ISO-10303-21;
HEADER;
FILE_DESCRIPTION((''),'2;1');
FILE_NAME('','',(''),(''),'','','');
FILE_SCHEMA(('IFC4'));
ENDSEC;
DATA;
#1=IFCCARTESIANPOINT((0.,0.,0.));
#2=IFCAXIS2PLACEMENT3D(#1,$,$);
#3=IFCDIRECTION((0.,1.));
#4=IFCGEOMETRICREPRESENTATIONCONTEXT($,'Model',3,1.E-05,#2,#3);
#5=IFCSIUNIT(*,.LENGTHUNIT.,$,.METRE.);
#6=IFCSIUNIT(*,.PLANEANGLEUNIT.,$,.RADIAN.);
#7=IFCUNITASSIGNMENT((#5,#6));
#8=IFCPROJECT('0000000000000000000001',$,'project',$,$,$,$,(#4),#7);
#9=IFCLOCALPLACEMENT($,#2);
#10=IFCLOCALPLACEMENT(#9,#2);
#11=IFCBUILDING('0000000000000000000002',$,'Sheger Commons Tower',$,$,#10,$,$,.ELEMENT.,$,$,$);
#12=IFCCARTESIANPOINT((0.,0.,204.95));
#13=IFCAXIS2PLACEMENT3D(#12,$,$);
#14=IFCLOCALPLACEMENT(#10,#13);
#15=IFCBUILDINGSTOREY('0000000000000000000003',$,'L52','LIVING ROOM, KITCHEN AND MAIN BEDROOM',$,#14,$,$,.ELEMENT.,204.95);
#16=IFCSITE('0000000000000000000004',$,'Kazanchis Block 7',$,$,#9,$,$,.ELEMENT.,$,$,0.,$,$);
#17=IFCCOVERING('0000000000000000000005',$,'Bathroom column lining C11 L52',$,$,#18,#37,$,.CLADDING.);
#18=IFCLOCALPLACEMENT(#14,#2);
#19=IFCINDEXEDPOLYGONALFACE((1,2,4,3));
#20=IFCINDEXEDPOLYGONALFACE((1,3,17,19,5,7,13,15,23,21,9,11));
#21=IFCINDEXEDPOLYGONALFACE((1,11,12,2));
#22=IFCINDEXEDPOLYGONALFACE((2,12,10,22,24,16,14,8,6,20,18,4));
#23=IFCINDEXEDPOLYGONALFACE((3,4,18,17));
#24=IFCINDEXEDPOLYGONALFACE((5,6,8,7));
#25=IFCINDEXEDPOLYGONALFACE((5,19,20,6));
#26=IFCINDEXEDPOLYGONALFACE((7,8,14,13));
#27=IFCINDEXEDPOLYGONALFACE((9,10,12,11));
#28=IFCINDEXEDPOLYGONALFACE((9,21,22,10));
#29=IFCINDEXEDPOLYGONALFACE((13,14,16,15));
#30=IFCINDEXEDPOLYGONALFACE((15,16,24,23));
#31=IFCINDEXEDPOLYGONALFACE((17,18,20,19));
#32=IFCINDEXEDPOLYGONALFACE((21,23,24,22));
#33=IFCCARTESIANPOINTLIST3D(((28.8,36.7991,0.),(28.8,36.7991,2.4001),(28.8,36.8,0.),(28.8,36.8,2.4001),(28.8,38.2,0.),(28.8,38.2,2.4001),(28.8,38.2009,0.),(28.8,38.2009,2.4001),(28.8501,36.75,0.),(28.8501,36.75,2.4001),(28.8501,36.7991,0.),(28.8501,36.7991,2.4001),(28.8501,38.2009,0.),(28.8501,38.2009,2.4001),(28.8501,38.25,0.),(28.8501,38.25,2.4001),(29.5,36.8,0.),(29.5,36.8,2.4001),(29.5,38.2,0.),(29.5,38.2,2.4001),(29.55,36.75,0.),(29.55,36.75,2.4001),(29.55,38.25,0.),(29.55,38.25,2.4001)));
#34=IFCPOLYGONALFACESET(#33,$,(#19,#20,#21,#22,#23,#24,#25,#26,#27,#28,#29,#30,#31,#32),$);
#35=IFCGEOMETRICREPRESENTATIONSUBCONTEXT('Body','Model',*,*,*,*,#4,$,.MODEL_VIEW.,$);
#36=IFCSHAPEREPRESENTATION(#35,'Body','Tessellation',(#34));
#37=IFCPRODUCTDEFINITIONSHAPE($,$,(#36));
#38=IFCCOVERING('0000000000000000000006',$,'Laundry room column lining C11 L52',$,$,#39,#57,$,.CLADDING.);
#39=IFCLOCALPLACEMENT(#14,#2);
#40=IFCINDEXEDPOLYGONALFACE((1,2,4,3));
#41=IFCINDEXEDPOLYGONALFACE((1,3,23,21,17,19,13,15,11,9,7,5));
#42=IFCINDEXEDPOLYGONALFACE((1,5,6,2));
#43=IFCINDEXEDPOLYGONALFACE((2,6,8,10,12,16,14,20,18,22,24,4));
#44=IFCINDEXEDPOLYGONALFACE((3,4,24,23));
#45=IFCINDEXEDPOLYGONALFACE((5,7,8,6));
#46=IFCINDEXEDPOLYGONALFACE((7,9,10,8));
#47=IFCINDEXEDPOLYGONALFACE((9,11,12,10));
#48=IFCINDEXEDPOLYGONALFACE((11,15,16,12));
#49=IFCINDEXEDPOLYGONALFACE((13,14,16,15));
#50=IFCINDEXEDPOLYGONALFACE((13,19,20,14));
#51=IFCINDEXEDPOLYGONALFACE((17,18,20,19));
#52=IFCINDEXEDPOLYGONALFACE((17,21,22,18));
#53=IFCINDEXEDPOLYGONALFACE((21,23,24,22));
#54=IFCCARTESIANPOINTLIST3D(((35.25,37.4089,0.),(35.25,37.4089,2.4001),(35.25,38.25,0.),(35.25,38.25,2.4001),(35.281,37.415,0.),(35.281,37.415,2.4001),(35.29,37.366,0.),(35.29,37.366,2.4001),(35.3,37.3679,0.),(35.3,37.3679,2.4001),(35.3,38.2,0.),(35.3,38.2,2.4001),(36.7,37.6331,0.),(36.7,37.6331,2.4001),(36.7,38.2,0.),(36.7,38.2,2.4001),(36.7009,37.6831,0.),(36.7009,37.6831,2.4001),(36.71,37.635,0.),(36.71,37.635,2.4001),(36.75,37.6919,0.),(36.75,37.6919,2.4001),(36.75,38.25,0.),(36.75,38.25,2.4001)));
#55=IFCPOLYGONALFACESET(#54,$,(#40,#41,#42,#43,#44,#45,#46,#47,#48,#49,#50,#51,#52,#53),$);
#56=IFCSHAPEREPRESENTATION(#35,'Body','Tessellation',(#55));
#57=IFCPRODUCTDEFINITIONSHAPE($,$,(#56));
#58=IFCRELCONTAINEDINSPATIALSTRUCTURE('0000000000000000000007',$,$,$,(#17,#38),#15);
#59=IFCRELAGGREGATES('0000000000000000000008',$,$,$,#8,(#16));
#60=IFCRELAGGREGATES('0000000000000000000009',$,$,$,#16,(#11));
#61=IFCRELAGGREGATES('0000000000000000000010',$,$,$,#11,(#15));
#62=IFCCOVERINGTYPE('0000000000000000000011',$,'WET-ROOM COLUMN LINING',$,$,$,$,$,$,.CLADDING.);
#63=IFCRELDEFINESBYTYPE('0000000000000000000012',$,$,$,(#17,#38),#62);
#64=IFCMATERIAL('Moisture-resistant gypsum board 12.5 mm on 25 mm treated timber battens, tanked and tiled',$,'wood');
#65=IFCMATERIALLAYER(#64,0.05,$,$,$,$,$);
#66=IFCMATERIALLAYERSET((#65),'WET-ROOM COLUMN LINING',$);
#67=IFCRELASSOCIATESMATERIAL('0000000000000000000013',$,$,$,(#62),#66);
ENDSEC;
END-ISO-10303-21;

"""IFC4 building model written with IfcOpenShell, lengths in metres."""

from ifc_helpers import new_model, si_unit, direction, frame, origin, place, context, subcontext, project, spatial, polyline, outline, extrude, material, layer, layer_set, type_object, element, save


model = new_model("IFC4")

# Units and contexts
model_context = context("Model", 3, precision=1e-05, world=origin(), true_north=direction((0.0, 1.0)))
body_context = subcontext(model_context, "Body", "Model", "MODEL_VIEW")
ifc_project = project(units=[si_unit("LENGTHUNIT", "METRE"), si_unit("PLANEANGLEUNIT", "RADIAN")], contexts=[model_context])

# Site, building, storey
site_placement = place(None, origin())
site = spatial("IfcSite", under=ifc_project, at=site_placement, Name="Kazanchis Block 7", CompositionType="ELEMENT", RefElevation=0.0)
building_placement = place(site_placement, origin())
building = spatial("IfcBuilding", under=site, at=building_placement, Name="Sheger Commons Tower", CompositionType="ELEMENT")
storey_placement = place(building_placement, frame((0.0, 0.0, 204.95)))
storey = spatial("IfcBuildingStorey", under=building, at=storey_placement, Name="L52", Description="LIVING ROOM, KITCHEN AND MAIN BEDROOM", CompositionType="ELEMENT", Elevation=204.95)

# Coverings
ifc_material_1 = material(Name="Moisture-resistant gypsum board 12.5 mm on 25 mm treated timber battens, tanked and tiled", Category="wood")
ifc_layer_1 = layer(ifc_material_1, 0.05)
ifc_layer_set_1 = layer_set([ifc_layer_1], Name="WET-ROOM COLUMN LINING")
covering_type_1 = type_object("IfcCoveringType", Name="WET-ROOM COLUMN LINING", PredefinedType="CLADDING", material=ifc_layer_set_1)
covering_1_placement = place(storey_placement, origin())
element("IfcCovering", 1, at=covering_1_placement, inside=storey, type_object=covering_type_1, Name="Bathroom column lining C11 L52", PredefinedType="CLADDING", context=body_context, shape_type="SweptSolid", body=[
    extrude(outline(polyline([(29.55, 36.75), (28.8501, 36.75), (28.8501, 36.7991), (28.8, 36.7991), (28.8, 36.8), (29.5, 36.8), (29.5, 38.2), (28.8, 38.2), (28.8, 38.2009), (28.8501, 38.2009), (28.8501, 38.25), (29.55, 38.25), (29.55, 36.75)])), origin(), (0.0, 0.0, 1.0), 2.4001),
])
covering_2_placement = place(storey_placement, origin())
element("IfcCovering", 2, at=covering_2_placement, inside=storey, type_object=covering_type_1, Name="Laundry room column lining C11 L52", PredefinedType="CLADDING", context=body_context, shape_type="SweptSolid", body=[
    extrude(outline(polyline([(36.75, 38.25), (36.75, 37.6919), (36.7009, 37.6831), (36.71, 37.635), (36.7, 37.6331), (36.7, 38.2), (35.3, 38.2), (35.3, 37.3679), (35.29, 37.366), (35.281, 37.415), (35.25, 37.4089), (35.25, 38.25), (36.75, 38.25)])), origin(), (0.0, 0.0, 1.0), 2.4001),
])

save(model, "model.ifc")
